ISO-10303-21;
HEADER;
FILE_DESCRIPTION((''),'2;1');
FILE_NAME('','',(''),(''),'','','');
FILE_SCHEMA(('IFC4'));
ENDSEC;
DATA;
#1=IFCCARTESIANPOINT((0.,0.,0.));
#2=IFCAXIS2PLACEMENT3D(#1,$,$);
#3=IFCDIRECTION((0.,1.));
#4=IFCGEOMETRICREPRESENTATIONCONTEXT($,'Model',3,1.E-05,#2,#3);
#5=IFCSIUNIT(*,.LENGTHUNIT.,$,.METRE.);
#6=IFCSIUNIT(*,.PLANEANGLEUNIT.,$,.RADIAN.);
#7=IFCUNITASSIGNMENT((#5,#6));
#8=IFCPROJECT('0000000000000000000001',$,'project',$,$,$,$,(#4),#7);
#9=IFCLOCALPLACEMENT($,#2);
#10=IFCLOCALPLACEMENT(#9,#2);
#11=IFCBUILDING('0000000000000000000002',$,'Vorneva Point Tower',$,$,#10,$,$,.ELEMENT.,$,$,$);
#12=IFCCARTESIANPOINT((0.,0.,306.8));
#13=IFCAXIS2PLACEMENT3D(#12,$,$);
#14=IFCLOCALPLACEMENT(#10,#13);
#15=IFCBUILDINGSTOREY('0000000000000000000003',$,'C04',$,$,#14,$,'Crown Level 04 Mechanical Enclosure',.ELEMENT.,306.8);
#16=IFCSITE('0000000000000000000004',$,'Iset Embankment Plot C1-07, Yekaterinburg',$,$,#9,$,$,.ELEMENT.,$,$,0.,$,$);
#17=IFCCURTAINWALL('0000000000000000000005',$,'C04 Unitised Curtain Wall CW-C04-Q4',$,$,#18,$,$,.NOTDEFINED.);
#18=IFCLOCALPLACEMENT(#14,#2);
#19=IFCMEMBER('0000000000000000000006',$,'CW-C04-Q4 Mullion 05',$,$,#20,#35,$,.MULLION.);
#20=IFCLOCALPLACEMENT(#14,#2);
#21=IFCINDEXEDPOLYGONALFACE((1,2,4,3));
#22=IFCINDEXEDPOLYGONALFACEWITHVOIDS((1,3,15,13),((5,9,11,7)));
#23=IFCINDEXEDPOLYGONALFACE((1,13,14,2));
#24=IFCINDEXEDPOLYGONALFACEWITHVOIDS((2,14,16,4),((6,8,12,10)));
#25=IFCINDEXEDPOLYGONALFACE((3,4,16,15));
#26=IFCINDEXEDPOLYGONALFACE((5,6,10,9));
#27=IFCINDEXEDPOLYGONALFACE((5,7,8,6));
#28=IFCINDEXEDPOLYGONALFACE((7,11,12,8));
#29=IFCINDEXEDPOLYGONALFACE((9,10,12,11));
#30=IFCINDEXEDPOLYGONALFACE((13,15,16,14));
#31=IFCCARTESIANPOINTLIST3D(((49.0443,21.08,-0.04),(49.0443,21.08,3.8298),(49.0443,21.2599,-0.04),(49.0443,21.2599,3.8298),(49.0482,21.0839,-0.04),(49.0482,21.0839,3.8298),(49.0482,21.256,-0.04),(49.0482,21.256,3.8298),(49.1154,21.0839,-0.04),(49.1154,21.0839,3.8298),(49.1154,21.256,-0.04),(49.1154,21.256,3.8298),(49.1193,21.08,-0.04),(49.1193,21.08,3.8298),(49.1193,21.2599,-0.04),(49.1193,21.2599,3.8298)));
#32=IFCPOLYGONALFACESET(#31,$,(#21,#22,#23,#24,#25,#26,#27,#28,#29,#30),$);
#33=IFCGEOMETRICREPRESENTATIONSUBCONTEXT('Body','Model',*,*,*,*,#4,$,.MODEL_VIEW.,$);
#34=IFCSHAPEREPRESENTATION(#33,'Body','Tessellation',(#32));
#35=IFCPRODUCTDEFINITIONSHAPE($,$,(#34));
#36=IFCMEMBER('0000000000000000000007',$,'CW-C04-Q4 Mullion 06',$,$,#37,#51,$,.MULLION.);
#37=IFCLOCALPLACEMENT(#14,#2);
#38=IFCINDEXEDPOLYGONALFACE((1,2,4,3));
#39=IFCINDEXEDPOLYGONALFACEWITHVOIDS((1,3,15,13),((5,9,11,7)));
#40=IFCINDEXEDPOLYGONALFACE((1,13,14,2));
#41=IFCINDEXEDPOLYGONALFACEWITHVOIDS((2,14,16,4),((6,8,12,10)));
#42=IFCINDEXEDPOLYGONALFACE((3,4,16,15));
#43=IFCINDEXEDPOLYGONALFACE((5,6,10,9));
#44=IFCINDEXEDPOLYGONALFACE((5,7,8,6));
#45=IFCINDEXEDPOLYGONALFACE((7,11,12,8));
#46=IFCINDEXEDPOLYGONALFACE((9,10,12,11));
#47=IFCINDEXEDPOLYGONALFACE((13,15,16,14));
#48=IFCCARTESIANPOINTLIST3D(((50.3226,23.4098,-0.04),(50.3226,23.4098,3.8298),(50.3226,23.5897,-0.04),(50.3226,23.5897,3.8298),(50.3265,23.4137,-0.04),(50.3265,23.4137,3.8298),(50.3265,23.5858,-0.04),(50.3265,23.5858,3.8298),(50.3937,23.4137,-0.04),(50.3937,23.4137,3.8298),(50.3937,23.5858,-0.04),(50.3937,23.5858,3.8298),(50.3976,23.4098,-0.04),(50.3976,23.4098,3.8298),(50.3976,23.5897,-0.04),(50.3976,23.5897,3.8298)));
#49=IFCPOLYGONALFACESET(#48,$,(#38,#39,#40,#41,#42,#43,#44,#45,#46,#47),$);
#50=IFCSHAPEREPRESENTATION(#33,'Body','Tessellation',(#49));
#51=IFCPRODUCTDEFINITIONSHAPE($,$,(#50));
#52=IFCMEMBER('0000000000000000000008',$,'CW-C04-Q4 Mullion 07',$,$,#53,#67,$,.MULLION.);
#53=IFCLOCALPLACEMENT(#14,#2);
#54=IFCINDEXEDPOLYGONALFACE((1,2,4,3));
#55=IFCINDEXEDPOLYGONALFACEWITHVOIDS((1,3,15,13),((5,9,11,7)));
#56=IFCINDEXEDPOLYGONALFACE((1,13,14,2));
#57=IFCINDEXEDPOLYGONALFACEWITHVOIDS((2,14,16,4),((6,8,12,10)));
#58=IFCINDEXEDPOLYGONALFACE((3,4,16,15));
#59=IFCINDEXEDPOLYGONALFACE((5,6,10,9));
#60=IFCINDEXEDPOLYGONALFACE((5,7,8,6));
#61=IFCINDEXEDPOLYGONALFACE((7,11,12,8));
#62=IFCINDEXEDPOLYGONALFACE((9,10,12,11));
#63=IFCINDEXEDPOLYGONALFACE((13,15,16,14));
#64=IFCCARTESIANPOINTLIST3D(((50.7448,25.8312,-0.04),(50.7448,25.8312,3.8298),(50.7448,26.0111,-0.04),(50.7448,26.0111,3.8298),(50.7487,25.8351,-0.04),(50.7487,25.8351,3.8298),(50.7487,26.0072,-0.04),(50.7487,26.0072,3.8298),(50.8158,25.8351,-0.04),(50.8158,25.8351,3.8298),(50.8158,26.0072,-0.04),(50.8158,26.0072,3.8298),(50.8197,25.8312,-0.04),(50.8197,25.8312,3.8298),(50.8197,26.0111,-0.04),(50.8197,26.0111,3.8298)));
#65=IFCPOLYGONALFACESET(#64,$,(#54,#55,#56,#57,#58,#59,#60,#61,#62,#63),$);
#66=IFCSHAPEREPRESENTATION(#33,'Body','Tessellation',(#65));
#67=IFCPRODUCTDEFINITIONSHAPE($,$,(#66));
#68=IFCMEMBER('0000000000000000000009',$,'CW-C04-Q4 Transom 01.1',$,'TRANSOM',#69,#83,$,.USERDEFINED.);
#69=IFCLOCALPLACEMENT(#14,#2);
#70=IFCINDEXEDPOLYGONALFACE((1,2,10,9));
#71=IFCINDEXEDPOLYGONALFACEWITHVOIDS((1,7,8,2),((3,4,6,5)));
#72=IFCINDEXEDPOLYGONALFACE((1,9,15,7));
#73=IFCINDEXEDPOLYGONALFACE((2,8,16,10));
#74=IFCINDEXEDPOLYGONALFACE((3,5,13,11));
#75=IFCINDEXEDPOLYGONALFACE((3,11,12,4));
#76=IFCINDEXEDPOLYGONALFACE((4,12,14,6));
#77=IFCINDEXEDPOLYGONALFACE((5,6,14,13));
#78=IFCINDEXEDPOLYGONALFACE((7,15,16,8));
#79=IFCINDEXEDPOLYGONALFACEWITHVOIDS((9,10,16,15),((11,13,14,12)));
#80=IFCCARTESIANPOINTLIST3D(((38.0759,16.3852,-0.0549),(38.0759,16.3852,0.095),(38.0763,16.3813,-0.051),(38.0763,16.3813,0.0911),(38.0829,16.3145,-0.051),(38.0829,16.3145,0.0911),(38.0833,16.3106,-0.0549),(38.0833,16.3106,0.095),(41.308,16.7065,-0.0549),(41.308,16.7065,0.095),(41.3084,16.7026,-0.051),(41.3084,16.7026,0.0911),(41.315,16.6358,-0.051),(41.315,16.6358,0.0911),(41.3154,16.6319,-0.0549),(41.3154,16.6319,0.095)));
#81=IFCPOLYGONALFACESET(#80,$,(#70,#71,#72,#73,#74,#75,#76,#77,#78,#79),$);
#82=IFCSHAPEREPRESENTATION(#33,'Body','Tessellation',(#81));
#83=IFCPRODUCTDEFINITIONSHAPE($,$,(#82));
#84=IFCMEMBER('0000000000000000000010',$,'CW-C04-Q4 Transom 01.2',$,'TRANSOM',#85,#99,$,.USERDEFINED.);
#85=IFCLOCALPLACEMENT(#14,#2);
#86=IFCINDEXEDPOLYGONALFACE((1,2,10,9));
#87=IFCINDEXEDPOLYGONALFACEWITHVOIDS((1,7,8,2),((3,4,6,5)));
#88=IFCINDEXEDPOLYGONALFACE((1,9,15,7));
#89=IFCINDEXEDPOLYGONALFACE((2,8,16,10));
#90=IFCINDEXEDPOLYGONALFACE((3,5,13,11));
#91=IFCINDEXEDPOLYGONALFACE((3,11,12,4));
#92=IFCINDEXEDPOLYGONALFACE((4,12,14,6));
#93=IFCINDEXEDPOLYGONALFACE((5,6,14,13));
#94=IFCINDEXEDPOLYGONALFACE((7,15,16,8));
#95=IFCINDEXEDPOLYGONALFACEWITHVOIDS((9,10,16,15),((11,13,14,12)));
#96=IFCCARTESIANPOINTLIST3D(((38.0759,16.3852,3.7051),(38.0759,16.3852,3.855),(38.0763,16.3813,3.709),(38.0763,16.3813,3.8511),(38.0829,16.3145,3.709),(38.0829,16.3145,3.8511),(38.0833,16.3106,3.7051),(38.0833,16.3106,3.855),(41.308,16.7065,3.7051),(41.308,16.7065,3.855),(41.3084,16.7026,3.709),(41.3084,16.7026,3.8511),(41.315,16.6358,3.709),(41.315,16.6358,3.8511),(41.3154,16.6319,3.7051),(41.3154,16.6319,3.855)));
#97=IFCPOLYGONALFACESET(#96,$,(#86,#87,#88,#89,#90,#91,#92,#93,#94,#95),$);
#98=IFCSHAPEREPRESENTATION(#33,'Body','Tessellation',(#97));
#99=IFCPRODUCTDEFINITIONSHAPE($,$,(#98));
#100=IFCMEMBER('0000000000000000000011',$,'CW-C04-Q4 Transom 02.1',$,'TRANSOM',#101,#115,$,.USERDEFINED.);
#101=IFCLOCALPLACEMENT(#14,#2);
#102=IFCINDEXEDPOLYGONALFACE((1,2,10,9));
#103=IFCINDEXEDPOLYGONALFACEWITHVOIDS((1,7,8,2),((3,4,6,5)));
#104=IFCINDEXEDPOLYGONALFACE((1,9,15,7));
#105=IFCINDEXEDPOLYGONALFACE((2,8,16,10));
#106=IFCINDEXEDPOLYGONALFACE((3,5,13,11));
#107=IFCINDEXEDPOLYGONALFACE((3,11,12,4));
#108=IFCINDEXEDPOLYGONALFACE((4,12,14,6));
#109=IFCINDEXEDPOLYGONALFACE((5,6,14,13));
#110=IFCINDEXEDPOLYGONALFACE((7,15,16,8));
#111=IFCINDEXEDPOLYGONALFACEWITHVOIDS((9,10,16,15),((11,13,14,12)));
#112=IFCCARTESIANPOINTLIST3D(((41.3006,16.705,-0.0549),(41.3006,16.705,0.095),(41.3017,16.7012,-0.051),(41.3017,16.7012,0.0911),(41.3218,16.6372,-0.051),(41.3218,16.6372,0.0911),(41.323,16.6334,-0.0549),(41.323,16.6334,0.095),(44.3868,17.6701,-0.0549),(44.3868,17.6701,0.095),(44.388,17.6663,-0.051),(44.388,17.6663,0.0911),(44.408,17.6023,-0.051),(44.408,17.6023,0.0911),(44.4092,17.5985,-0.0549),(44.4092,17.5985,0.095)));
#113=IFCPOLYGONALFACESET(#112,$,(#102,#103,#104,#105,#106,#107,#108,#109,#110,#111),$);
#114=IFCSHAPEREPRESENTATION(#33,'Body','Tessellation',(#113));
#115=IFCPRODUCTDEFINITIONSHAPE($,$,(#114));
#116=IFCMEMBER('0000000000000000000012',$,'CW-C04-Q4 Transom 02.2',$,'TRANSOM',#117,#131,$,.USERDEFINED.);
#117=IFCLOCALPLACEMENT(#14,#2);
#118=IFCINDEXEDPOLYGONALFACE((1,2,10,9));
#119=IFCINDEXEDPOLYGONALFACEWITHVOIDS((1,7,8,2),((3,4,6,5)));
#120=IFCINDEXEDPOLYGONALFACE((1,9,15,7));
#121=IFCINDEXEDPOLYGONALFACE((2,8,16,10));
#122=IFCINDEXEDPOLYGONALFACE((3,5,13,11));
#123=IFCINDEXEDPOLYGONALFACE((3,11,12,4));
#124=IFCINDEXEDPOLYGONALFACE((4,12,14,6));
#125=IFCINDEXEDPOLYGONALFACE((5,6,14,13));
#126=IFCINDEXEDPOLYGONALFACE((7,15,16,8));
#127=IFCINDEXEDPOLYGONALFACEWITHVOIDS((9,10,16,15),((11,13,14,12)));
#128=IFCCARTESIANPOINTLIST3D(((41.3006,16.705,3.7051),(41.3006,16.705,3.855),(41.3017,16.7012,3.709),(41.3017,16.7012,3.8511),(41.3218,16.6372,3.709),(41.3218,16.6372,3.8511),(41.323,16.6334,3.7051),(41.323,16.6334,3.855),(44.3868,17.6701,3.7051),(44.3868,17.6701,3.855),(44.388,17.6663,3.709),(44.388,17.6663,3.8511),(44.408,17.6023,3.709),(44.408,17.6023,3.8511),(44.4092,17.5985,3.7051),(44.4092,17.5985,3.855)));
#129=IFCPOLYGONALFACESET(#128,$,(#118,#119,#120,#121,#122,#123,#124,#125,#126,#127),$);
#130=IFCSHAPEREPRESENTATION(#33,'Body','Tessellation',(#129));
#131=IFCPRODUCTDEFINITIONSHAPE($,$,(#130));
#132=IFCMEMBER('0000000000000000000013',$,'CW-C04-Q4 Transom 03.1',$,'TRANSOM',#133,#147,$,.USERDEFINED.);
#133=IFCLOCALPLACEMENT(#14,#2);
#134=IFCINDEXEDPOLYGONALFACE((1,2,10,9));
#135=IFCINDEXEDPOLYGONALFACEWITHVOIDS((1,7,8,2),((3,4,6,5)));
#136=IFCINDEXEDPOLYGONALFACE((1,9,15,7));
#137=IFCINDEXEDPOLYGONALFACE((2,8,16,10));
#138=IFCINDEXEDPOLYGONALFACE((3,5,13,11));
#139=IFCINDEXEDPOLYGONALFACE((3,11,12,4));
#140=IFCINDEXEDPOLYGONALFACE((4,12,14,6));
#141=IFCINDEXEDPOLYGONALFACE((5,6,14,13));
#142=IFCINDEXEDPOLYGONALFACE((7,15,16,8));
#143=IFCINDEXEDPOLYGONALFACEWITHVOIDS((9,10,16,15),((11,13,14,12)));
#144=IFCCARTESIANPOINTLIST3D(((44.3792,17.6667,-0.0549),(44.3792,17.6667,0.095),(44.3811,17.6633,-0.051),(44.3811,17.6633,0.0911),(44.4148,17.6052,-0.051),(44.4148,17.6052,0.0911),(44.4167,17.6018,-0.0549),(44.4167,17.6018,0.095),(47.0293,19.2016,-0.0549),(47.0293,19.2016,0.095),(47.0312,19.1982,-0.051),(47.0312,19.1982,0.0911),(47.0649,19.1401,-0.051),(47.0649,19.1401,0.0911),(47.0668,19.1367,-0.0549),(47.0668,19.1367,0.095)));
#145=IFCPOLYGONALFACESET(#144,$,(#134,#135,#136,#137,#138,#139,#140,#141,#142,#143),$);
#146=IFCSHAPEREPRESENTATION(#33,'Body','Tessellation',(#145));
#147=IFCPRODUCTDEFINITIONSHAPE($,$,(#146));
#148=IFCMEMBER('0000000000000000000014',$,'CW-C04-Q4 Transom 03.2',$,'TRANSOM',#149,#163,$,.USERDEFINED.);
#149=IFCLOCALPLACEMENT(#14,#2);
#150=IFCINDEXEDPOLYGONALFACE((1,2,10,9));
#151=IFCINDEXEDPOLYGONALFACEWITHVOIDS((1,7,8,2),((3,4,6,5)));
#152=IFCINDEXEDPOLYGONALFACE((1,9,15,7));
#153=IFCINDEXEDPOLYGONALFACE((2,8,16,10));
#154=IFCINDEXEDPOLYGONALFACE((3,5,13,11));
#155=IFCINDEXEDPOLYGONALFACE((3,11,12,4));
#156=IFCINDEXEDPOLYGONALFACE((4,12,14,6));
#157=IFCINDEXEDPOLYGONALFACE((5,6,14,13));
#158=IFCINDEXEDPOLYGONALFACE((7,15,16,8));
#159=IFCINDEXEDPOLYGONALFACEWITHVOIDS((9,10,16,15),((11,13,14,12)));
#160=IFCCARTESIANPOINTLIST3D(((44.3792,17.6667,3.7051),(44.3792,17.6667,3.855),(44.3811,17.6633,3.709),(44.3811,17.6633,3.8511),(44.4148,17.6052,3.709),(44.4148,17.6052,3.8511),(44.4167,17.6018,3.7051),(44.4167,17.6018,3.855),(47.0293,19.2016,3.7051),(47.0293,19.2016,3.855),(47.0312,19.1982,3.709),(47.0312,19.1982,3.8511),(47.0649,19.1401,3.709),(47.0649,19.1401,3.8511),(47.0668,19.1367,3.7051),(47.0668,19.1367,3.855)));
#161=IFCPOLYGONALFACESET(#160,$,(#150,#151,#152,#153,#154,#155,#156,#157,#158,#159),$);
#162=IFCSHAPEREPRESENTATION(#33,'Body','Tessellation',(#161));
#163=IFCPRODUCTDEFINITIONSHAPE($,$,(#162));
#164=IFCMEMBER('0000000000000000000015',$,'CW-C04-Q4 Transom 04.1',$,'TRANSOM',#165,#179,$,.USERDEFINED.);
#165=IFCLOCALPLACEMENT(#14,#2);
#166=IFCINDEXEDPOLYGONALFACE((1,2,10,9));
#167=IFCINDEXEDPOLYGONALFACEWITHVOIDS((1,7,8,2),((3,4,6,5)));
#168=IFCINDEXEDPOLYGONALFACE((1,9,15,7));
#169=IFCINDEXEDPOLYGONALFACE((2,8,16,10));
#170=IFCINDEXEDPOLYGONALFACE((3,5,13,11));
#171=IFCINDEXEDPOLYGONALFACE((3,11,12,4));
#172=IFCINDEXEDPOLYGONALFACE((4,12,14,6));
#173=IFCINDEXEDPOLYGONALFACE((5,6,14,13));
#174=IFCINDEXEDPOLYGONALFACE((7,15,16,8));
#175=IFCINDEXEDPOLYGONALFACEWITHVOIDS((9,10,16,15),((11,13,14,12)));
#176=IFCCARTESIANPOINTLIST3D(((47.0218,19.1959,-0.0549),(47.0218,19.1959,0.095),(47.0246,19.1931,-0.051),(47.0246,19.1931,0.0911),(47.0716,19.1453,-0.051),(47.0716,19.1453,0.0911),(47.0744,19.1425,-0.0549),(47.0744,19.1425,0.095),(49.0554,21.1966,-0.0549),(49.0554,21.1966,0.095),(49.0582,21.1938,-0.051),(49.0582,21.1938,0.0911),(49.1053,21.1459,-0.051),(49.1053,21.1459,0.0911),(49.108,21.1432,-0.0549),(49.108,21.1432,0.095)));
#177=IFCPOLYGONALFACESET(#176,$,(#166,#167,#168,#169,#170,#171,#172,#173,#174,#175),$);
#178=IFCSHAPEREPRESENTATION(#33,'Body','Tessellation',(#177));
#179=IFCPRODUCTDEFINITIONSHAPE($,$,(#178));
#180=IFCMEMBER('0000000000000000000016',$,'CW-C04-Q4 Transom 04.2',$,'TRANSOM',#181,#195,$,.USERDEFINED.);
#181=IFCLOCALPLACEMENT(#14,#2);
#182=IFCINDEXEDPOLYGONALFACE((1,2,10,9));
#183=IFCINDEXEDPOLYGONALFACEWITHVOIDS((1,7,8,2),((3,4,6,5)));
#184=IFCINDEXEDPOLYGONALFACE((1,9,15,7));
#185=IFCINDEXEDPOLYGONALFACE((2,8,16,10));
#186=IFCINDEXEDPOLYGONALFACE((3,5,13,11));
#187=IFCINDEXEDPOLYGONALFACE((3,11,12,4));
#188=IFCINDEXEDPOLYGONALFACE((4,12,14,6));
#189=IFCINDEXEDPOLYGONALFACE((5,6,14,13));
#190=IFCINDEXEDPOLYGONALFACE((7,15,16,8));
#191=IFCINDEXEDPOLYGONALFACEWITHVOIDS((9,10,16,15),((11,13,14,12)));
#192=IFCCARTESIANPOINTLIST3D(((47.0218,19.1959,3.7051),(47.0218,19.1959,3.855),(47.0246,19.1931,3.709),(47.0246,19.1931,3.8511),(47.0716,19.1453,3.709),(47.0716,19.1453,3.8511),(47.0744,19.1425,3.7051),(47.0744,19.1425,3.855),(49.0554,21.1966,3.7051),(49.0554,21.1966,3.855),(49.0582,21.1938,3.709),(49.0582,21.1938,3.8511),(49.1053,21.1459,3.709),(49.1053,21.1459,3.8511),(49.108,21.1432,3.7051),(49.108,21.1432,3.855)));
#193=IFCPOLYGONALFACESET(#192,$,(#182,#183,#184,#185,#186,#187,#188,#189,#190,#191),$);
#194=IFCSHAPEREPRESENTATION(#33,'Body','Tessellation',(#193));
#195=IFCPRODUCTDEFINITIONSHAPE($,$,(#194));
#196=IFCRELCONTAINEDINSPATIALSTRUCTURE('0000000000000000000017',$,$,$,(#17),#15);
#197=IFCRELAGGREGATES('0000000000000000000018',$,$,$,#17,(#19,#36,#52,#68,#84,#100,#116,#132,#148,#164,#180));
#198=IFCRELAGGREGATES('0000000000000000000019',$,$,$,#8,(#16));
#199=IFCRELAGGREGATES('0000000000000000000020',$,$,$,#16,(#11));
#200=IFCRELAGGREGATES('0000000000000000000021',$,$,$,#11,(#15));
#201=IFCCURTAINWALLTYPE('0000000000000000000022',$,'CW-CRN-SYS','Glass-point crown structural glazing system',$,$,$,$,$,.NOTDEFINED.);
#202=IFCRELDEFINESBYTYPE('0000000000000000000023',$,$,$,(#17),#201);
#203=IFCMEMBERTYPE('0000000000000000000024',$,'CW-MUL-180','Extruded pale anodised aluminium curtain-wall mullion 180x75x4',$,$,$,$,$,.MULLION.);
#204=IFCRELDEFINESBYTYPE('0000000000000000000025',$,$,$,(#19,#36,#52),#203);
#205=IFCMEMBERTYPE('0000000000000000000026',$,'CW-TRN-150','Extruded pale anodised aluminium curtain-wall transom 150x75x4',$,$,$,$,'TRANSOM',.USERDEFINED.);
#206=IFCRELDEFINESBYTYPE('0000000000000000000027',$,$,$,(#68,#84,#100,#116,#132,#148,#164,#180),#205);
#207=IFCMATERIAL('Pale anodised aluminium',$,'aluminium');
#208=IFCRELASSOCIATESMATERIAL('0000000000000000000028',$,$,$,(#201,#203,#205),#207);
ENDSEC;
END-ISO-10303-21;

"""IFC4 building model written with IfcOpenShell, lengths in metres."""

from ifc_helpers import new_model, si_unit, direction, frame, origin, origin_2d, place, context, subcontext, project, spatial, hollow_rectangle, extrude, material, material_profile, profile_set, type_object, element, aggregate, save


model = new_model("IFC4")

# Units and contexts
model_context = context("Model", 3, precision=1e-05, world=origin(), true_north=direction((0.0, 1.0)))
body_context = subcontext(model_context, "Body", "Model", "MODEL_VIEW")
ifc_project = project(units=[si_unit("LENGTHUNIT", "METRE"), si_unit("PLANEANGLEUNIT", "RADIAN")], contexts=[model_context])

# Site, building, storey
site_placement = place(None, origin())
site = spatial("IfcSite", under=ifc_project, at=site_placement, Name="Iset Embankment Plot C1-07, Yekaterinburg", CompositionType="ELEMENT", RefElevation=0.0)
building_placement = place(site_placement, origin())
building = spatial("IfcBuilding", under=site, at=building_placement, Name="Vorneva Point Tower", CompositionType="ELEMENT")
storey_placement = place(building_placement, frame((0.0, 0.0, 306.8)))
storey = spatial("IfcBuildingStorey", under=building, at=storey_placement, Name="C04", LongName="Crown Level 04 Mechanical Enclosure", CompositionType="ELEMENT", Elevation=306.8)

# Curtain wall, members
ifc_material_1 = material(Name="Pale anodised aluminium", Category="aluminium")
curtain_wall_type = type_object("IfcCurtainWallType", Name="CW-CRN-SYS", Description="Glass-point crown structural glazing system", PredefinedType="NOTDEFINED", material=ifc_material_1)
curtain_wall_placement = place(storey_placement, origin())
curtain_wall = element("IfcCurtainWall", 1, at=curtain_wall_placement, inside=storey, type_object=curtain_wall_type, Name="C04 Unitised Curtain Wall CW-C04-Q4", PredefinedType="NOTDEFINED")
ifc_material_profile_1 = material_profile(ifc_material_1, hollow_rectangle(XDim=0.075, YDim=0.1799, WallThickness=0.0039, at=origin_2d()), Name="AL-MUL 180x75x4")
ifc_profile_set_1 = profile_set([ifc_material_profile_1], Name="Pale anodised aluminium")
member_type_1 = type_object("IfcMemberType", Name="CW-MUL-180", Description="Extruded pale anodised aluminium curtain-wall mullion 180x75x4", PredefinedType="MULLION", material=ifc_profile_set_1)
member_1_placement = place(storey_placement, frame((49.0818, 21.1699, -0.04), z_axis=(0.0, 0.0, 1.0), x_axis=(1.0, 0.0, 0.0)))
member_1 = element("IfcMember", 2, at=member_1_placement, type_object=member_type_1, Name="CW-C04-Q4 Mullion 05", PredefinedType="MULLION", context=body_context, shape_type="SweptSolid", body=[
    extrude(hollow_rectangle(XDim=0.075, YDim=0.1799, WallThickness=0.0039, at=origin_2d()), origin(), (0.0, 0.0, 1.0), 3.8699),
])
member_2_placement = place(storey_placement, frame((50.3601, 23.4998, -0.04), z_axis=(0.0, 0.0, 1.0), x_axis=(1.0, 0.0, 0.0)))
member_2 = element("IfcMember", 3, at=member_2_placement, type_object=member_type_1, Name="CW-C04-Q4 Mullion 06", PredefinedType="MULLION", context=body_context, shape_type="SweptSolid", body=[
    extrude(hollow_rectangle(XDim=0.075, YDim=0.1799, WallThickness=0.0039, at=origin_2d()), origin(), (0.0, 0.0, 1.0), 3.8699),
])
member_3_placement = place(storey_placement, frame((50.7822, 25.9211, -0.04), z_axis=(0.0, 0.0, 1.0), x_axis=(1.0, 0.0, 0.0)))
member_3 = element("IfcMember", 4, at=member_3_placement, type_object=member_type_1, Name="CW-C04-Q4 Mullion 07", PredefinedType="MULLION", context=body_context, shape_type="SweptSolid", body=[
    extrude(hollow_rectangle(XDim=0.075, YDim=0.1799, WallThickness=0.0039, at=origin_2d()), origin(), (0.0, 0.0, 1.0), 3.8699),
])
ifc_material_profile_2 = material_profile(ifc_material_1, hollow_rectangle(XDim=0.075, YDim=0.1499, WallThickness=0.0039, at=origin_2d()), Name="AL-TRN 150x75x4")
ifc_profile_set_2 = profile_set([ifc_material_profile_2], Name="Pale anodised aluminium")
member_type_2 = type_object("IfcMemberType", Name="CW-TRN-150", Description="Extruded pale anodised aluminium curtain-wall transom 150x75x4", ElementType="TRANSOM", PredefinedType="USERDEFINED", material=ifc_profile_set_2)
member_4_placement = place(storey_placement, frame((38.0796, 16.3479, 0.02), z_axis=(0.995096, 0.098916, 0.0), x_axis=(-0.098916, 0.995096, 0.0)))
member_4 = element("IfcMember", 5, at=member_4_placement, type_object=member_type_2, Name="CW-C04-Q4 Transom 01.1", ObjectType="TRANSOM", PredefinedType="USERDEFINED", context=body_context, shape_type="SweptSolid", body=[
    extrude(hollow_rectangle(XDim=0.075, YDim=0.1499, WallThickness=0.0039, at=origin_2d()), origin(), (0.0, 0.0, 1.0), 3.248),
])
member_5_placement = place(storey_placement, frame((38.0796, 16.3479, 3.78), z_axis=(0.995096, 0.098916, 0.0), x_axis=(-0.098916, 0.995096, 0.0)))
member_5 = element("IfcMember", 6, at=member_5_placement, type_object=member_type_2, Name="CW-C04-Q4 Transom 01.2", ObjectType="TRANSOM", PredefinedType="USERDEFINED", context=body_context, shape_type="SweptSolid", body=[
    extrude(hollow_rectangle(XDim=0.075, YDim=0.1499, WallThickness=0.0039, at=origin_2d()), origin(), (0.0, 0.0, 1.0), 3.248),
])
member_6_placement = place(storey_placement, frame((41.3118, 16.6692, 0.02), z_axis=(0.954422, 0.29846, 0.0), x_axis=(-0.29846, 0.954422, 0.0)))
member_6 = element("IfcMember", 7, at=member_6_placement, type_object=member_type_2, Name="CW-C04-Q4 Transom 02.1", ObjectType="TRANSOM", PredefinedType="USERDEFINED", context=body_context, shape_type="SweptSolid", body=[
    extrude(hollow_rectangle(XDim=0.075, YDim=0.1499, WallThickness=0.0039, at=origin_2d()), origin(), (0.0, 0.0, 1.0), 3.2336),
])
member_7_placement = place(storey_placement, frame((41.3118, 16.6692, 3.78), z_axis=(0.954422, 0.29846, 0.0), x_axis=(-0.29846, 0.954422, 0.0)))
member_7 = element("IfcMember", 8, at=member_7_placement, type_object=member_type_2, Name="CW-C04-Q4 Transom 02.2", ObjectType="TRANSOM", PredefinedType="USERDEFINED", context=body_context, shape_type="SweptSolid", body=[
    extrude(hollow_rectangle(XDim=0.075, YDim=0.1499, WallThickness=0.0039, at=origin_2d()), origin(), (0.0, 0.0, 1.0), 3.2336),
])
member_8_placement = place(storey_placement, frame((44.3979, 17.6343, 0.02), z_axis=(0.865339, 0.501187, 0.0), x_axis=(-0.501187, 0.865339, 0.0)))
member_8 = element("IfcMember", 9, at=member_8_placement, type_object=member_type_2, Name="CW-C04-Q4 Transom 03.1", ObjectType="TRANSOM", PredefinedType="USERDEFINED", context=body_context, shape_type="SweptSolid", body=[
    extrude(hollow_rectangle(XDim=0.075, YDim=0.1499, WallThickness=0.0039, at=origin_2d()), origin(), (0.0, 0.0, 1.0), 3.0625),
])
member_9_placement = place(storey_placement, frame((44.3979, 17.6343, 3.78), z_axis=(0.865339, 0.501187, 0.0), x_axis=(-0.501187, 0.865339, 0.0)))
member_9 = element("IfcMember", 10, at=member_9_placement, type_object=member_type_2, Name="CW-C04-Q4 Transom 03.2", ObjectType="TRANSOM", PredefinedType="USERDEFINED", context=body_context, shape_type="SweptSolid", body=[
    extrude(hollow_rectangle(XDim=0.075, YDim=0.1499, WallThickness=0.0039, at=origin_2d()), origin(), (0.0, 0.0, 1.0), 3.0625),
])
member_10_placement = place(storey_placement, frame((47.0481, 19.1692, 0.02), z_axis=(0.71286, 0.701307, 0.0), x_axis=(-0.701307, 0.71286, 0.0)))
member_10 = element("IfcMember", 11, at=member_10_placement, type_object=member_type_2, Name="CW-C04-Q4 Transom 04.1", ObjectType="TRANSOM", PredefinedType="USERDEFINED", context=body_context, shape_type="SweptSolid", body=[
    extrude(hollow_rectangle(XDim=0.075, YDim=0.1499, WallThickness=0.0039, at=origin_2d()), origin(), (0.0, 0.0, 1.0), 2.8528),
])
member_11_placement = place(storey_placement, frame((47.0481, 19.1692, 3.78), z_axis=(0.71286, 0.701307, 0.0), x_axis=(-0.701307, 0.71286, 0.0)))
member_11 = element("IfcMember", 12, at=member_11_placement, type_object=member_type_2, Name="CW-C04-Q4 Transom 04.2", ObjectType="TRANSOM", PredefinedType="USERDEFINED", context=body_context, shape_type="SweptSolid", body=[
    extrude(hollow_rectangle(XDim=0.075, YDim=0.1499, WallThickness=0.0039, at=origin_2d()), origin(), (0.0, 0.0, 1.0), 2.8528),
])

aggregate(curtain_wall, [member_1, member_2, member_3, member_4, member_5, member_6, member_7, member_8, member_9, member_10, member_11])

save(model, "model.ifc")
